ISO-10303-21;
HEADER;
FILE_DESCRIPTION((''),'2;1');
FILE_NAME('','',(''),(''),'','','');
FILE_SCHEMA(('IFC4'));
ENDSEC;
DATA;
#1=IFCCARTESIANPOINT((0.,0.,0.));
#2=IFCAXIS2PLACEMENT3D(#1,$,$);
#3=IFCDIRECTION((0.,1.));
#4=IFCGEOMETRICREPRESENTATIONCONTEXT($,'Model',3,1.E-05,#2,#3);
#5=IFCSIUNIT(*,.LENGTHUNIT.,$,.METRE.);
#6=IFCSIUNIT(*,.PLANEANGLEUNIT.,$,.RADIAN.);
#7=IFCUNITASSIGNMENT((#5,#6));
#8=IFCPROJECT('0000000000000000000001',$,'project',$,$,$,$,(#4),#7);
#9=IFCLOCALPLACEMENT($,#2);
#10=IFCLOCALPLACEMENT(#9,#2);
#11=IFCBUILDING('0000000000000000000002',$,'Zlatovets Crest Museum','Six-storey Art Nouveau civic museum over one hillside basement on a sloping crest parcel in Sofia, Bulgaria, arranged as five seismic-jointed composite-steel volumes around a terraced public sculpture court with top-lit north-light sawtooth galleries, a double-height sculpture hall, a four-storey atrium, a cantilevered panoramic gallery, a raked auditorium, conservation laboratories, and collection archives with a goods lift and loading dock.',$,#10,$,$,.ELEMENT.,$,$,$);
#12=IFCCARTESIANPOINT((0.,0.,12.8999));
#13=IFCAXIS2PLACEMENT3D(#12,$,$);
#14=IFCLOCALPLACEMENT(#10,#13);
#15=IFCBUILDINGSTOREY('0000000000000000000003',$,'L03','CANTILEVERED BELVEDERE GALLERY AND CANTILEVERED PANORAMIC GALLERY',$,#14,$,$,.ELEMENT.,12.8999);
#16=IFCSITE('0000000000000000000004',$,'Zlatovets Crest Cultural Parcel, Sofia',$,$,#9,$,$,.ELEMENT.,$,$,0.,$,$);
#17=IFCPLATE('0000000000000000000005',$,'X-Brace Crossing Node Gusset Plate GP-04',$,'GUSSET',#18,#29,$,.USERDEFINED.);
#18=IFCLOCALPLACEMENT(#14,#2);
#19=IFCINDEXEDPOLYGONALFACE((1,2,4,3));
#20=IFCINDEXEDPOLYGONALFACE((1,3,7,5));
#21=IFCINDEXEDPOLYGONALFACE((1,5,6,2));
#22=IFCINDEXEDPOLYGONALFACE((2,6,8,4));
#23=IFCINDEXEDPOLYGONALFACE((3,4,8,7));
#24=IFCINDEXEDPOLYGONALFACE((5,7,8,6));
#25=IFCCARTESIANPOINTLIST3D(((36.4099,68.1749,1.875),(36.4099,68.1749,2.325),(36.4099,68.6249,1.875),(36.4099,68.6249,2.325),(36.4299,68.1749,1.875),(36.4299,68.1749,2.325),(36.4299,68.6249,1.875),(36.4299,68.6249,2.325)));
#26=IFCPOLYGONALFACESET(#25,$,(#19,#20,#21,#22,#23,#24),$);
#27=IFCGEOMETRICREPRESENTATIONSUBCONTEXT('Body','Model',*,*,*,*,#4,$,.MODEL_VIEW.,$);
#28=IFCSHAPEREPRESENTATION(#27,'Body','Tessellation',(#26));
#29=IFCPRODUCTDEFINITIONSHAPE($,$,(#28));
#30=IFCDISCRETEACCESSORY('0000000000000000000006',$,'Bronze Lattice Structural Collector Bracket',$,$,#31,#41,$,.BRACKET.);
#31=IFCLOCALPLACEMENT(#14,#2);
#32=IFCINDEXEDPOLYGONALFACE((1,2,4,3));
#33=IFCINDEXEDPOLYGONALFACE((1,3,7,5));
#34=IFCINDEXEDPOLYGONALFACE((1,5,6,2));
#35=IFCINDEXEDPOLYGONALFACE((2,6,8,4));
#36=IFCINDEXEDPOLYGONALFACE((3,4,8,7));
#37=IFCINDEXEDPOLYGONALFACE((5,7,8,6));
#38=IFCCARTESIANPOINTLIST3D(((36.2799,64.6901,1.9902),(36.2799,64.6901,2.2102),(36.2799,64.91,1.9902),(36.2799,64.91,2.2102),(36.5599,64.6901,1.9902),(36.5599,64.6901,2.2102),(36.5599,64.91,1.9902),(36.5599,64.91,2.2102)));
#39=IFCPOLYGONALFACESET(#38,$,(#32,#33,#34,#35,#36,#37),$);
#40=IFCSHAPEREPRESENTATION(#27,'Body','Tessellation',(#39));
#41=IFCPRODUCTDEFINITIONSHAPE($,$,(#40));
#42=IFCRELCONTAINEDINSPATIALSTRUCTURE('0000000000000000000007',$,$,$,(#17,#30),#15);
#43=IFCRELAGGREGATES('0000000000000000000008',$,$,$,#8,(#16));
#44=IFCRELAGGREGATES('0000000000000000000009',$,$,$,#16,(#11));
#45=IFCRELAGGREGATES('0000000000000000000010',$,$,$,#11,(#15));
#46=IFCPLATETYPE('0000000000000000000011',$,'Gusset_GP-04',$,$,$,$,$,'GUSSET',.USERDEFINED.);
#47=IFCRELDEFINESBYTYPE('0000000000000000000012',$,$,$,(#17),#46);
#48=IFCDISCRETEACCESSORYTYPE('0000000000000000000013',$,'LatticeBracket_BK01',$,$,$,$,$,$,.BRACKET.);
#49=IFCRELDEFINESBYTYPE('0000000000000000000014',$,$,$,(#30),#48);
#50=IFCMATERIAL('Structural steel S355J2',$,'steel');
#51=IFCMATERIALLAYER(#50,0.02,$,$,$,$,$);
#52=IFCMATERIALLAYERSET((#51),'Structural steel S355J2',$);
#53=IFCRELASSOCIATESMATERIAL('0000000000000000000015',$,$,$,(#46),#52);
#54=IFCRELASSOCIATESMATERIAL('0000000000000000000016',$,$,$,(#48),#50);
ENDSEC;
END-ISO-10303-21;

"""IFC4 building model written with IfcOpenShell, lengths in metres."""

from ifc_helpers import new_model, si_unit, direction, frame, origin, origin_2d, place, context, subcontext, project, spatial, rectangle, extrude, material, layer, layer_set, type_object, element, save


model = new_model("IFC4")

# Units and contexts
model_context = context("Model", 3, precision=1e-05, world=origin(), true_north=direction((0.0, 1.0)))
body_context = subcontext(model_context, "Body", "Model", "MODEL_VIEW")
ifc_project = project(units=[si_unit("LENGTHUNIT", "METRE"), si_unit("PLANEANGLEUNIT", "RADIAN")], contexts=[model_context])

# Site, building, storey
site_placement = place(None, origin())
site = spatial("IfcSite", under=ifc_project, at=site_placement, Name="Zlatovets Crest Cultural Parcel, Sofia", CompositionType="ELEMENT", RefElevation=0.0)
building_placement = place(site_placement, origin())
building = spatial("IfcBuilding", under=site, at=building_placement, Name="Zlatovets Crest Museum", Description="Six-storey Art Nouveau civic museum over one hillside basement on a sloping crest parcel in Sofia, Bulgaria, arranged as five seismic-jointed composite-steel volumes around a terraced public sculpture court with top-lit north-light sawtooth galleries, a double-height sculpture hall, a four-storey atrium, a cantilevered panoramic gallery, a raked auditorium, conservation laboratories, and collection archives with a goods lift and loading dock.", CompositionType="ELEMENT")
storey_placement = place(building_placement, frame((0.0, 0.0, 12.8999)))
storey = spatial("IfcBuildingStorey", under=building, at=storey_placement, Name="L03", Description="CANTILEVERED BELVEDERE GALLERY AND CANTILEVERED PANORAMIC GALLERY", CompositionType="ELEMENT", Elevation=12.8999)

# Shared definitions
ifc_material_1 = material(Name="Structural steel S355J2", Category="steel")

# Plate
ifc_layer_1 = layer(ifc_material_1, 0.02)
ifc_layer_set_1 = layer_set([ifc_layer_1], Name="Structural steel S355J2")
plate_type_1 = type_object("IfcPlateType", Name="Gusset_GP-04", ElementType="GUSSET", PredefinedType="USERDEFINED", material=ifc_layer_set_1)
plate_1_placement = place(storey_placement, frame((36.4199, 68.3999, 1.875), z_axis=(0.0, 0.0, 1.0), x_axis=(1.0, 0.0, 0.0)))
element("IfcPlate", 1, at=plate_1_placement, inside=storey, type_object=plate_type_1, Name="X-Brace Crossing Node Gusset Plate GP-04", ObjectType="GUSSET", PredefinedType="USERDEFINED", context=body_context, shape_type="SweptSolid", body=[
    extrude(rectangle(XDim=0.02, YDim=0.45, at=origin_2d()), origin(), (0.0, 0.0, 1.0), 0.45),
])

# Discrete accessory
discrete_accessory_type = type_object("IfcDiscreteAccessoryType", Name="LatticeBracket_BK01", PredefinedType="BRACKET", material=ifc_material_1)
discrete_accessory_placement = place(storey_placement, frame((36.4199, 64.8, 1.9902), z_axis=(0.0, 0.0, 1.0), x_axis=(1.0, 0.0, 0.0)))
element("IfcDiscreteAccessory", 2, at=discrete_accessory_placement, inside=storey, type_object=discrete_accessory_type, Name="Bronze Lattice Structural Collector Bracket", PredefinedType="BRACKET", context=body_context, shape_type="SweptSolid", body=[
    extrude(rectangle(XDim=0.28, YDim=0.22, at=origin_2d()), origin(), (0.0, 0.0, 1.0), 0.22),
])

save(model, "model.ifc")
